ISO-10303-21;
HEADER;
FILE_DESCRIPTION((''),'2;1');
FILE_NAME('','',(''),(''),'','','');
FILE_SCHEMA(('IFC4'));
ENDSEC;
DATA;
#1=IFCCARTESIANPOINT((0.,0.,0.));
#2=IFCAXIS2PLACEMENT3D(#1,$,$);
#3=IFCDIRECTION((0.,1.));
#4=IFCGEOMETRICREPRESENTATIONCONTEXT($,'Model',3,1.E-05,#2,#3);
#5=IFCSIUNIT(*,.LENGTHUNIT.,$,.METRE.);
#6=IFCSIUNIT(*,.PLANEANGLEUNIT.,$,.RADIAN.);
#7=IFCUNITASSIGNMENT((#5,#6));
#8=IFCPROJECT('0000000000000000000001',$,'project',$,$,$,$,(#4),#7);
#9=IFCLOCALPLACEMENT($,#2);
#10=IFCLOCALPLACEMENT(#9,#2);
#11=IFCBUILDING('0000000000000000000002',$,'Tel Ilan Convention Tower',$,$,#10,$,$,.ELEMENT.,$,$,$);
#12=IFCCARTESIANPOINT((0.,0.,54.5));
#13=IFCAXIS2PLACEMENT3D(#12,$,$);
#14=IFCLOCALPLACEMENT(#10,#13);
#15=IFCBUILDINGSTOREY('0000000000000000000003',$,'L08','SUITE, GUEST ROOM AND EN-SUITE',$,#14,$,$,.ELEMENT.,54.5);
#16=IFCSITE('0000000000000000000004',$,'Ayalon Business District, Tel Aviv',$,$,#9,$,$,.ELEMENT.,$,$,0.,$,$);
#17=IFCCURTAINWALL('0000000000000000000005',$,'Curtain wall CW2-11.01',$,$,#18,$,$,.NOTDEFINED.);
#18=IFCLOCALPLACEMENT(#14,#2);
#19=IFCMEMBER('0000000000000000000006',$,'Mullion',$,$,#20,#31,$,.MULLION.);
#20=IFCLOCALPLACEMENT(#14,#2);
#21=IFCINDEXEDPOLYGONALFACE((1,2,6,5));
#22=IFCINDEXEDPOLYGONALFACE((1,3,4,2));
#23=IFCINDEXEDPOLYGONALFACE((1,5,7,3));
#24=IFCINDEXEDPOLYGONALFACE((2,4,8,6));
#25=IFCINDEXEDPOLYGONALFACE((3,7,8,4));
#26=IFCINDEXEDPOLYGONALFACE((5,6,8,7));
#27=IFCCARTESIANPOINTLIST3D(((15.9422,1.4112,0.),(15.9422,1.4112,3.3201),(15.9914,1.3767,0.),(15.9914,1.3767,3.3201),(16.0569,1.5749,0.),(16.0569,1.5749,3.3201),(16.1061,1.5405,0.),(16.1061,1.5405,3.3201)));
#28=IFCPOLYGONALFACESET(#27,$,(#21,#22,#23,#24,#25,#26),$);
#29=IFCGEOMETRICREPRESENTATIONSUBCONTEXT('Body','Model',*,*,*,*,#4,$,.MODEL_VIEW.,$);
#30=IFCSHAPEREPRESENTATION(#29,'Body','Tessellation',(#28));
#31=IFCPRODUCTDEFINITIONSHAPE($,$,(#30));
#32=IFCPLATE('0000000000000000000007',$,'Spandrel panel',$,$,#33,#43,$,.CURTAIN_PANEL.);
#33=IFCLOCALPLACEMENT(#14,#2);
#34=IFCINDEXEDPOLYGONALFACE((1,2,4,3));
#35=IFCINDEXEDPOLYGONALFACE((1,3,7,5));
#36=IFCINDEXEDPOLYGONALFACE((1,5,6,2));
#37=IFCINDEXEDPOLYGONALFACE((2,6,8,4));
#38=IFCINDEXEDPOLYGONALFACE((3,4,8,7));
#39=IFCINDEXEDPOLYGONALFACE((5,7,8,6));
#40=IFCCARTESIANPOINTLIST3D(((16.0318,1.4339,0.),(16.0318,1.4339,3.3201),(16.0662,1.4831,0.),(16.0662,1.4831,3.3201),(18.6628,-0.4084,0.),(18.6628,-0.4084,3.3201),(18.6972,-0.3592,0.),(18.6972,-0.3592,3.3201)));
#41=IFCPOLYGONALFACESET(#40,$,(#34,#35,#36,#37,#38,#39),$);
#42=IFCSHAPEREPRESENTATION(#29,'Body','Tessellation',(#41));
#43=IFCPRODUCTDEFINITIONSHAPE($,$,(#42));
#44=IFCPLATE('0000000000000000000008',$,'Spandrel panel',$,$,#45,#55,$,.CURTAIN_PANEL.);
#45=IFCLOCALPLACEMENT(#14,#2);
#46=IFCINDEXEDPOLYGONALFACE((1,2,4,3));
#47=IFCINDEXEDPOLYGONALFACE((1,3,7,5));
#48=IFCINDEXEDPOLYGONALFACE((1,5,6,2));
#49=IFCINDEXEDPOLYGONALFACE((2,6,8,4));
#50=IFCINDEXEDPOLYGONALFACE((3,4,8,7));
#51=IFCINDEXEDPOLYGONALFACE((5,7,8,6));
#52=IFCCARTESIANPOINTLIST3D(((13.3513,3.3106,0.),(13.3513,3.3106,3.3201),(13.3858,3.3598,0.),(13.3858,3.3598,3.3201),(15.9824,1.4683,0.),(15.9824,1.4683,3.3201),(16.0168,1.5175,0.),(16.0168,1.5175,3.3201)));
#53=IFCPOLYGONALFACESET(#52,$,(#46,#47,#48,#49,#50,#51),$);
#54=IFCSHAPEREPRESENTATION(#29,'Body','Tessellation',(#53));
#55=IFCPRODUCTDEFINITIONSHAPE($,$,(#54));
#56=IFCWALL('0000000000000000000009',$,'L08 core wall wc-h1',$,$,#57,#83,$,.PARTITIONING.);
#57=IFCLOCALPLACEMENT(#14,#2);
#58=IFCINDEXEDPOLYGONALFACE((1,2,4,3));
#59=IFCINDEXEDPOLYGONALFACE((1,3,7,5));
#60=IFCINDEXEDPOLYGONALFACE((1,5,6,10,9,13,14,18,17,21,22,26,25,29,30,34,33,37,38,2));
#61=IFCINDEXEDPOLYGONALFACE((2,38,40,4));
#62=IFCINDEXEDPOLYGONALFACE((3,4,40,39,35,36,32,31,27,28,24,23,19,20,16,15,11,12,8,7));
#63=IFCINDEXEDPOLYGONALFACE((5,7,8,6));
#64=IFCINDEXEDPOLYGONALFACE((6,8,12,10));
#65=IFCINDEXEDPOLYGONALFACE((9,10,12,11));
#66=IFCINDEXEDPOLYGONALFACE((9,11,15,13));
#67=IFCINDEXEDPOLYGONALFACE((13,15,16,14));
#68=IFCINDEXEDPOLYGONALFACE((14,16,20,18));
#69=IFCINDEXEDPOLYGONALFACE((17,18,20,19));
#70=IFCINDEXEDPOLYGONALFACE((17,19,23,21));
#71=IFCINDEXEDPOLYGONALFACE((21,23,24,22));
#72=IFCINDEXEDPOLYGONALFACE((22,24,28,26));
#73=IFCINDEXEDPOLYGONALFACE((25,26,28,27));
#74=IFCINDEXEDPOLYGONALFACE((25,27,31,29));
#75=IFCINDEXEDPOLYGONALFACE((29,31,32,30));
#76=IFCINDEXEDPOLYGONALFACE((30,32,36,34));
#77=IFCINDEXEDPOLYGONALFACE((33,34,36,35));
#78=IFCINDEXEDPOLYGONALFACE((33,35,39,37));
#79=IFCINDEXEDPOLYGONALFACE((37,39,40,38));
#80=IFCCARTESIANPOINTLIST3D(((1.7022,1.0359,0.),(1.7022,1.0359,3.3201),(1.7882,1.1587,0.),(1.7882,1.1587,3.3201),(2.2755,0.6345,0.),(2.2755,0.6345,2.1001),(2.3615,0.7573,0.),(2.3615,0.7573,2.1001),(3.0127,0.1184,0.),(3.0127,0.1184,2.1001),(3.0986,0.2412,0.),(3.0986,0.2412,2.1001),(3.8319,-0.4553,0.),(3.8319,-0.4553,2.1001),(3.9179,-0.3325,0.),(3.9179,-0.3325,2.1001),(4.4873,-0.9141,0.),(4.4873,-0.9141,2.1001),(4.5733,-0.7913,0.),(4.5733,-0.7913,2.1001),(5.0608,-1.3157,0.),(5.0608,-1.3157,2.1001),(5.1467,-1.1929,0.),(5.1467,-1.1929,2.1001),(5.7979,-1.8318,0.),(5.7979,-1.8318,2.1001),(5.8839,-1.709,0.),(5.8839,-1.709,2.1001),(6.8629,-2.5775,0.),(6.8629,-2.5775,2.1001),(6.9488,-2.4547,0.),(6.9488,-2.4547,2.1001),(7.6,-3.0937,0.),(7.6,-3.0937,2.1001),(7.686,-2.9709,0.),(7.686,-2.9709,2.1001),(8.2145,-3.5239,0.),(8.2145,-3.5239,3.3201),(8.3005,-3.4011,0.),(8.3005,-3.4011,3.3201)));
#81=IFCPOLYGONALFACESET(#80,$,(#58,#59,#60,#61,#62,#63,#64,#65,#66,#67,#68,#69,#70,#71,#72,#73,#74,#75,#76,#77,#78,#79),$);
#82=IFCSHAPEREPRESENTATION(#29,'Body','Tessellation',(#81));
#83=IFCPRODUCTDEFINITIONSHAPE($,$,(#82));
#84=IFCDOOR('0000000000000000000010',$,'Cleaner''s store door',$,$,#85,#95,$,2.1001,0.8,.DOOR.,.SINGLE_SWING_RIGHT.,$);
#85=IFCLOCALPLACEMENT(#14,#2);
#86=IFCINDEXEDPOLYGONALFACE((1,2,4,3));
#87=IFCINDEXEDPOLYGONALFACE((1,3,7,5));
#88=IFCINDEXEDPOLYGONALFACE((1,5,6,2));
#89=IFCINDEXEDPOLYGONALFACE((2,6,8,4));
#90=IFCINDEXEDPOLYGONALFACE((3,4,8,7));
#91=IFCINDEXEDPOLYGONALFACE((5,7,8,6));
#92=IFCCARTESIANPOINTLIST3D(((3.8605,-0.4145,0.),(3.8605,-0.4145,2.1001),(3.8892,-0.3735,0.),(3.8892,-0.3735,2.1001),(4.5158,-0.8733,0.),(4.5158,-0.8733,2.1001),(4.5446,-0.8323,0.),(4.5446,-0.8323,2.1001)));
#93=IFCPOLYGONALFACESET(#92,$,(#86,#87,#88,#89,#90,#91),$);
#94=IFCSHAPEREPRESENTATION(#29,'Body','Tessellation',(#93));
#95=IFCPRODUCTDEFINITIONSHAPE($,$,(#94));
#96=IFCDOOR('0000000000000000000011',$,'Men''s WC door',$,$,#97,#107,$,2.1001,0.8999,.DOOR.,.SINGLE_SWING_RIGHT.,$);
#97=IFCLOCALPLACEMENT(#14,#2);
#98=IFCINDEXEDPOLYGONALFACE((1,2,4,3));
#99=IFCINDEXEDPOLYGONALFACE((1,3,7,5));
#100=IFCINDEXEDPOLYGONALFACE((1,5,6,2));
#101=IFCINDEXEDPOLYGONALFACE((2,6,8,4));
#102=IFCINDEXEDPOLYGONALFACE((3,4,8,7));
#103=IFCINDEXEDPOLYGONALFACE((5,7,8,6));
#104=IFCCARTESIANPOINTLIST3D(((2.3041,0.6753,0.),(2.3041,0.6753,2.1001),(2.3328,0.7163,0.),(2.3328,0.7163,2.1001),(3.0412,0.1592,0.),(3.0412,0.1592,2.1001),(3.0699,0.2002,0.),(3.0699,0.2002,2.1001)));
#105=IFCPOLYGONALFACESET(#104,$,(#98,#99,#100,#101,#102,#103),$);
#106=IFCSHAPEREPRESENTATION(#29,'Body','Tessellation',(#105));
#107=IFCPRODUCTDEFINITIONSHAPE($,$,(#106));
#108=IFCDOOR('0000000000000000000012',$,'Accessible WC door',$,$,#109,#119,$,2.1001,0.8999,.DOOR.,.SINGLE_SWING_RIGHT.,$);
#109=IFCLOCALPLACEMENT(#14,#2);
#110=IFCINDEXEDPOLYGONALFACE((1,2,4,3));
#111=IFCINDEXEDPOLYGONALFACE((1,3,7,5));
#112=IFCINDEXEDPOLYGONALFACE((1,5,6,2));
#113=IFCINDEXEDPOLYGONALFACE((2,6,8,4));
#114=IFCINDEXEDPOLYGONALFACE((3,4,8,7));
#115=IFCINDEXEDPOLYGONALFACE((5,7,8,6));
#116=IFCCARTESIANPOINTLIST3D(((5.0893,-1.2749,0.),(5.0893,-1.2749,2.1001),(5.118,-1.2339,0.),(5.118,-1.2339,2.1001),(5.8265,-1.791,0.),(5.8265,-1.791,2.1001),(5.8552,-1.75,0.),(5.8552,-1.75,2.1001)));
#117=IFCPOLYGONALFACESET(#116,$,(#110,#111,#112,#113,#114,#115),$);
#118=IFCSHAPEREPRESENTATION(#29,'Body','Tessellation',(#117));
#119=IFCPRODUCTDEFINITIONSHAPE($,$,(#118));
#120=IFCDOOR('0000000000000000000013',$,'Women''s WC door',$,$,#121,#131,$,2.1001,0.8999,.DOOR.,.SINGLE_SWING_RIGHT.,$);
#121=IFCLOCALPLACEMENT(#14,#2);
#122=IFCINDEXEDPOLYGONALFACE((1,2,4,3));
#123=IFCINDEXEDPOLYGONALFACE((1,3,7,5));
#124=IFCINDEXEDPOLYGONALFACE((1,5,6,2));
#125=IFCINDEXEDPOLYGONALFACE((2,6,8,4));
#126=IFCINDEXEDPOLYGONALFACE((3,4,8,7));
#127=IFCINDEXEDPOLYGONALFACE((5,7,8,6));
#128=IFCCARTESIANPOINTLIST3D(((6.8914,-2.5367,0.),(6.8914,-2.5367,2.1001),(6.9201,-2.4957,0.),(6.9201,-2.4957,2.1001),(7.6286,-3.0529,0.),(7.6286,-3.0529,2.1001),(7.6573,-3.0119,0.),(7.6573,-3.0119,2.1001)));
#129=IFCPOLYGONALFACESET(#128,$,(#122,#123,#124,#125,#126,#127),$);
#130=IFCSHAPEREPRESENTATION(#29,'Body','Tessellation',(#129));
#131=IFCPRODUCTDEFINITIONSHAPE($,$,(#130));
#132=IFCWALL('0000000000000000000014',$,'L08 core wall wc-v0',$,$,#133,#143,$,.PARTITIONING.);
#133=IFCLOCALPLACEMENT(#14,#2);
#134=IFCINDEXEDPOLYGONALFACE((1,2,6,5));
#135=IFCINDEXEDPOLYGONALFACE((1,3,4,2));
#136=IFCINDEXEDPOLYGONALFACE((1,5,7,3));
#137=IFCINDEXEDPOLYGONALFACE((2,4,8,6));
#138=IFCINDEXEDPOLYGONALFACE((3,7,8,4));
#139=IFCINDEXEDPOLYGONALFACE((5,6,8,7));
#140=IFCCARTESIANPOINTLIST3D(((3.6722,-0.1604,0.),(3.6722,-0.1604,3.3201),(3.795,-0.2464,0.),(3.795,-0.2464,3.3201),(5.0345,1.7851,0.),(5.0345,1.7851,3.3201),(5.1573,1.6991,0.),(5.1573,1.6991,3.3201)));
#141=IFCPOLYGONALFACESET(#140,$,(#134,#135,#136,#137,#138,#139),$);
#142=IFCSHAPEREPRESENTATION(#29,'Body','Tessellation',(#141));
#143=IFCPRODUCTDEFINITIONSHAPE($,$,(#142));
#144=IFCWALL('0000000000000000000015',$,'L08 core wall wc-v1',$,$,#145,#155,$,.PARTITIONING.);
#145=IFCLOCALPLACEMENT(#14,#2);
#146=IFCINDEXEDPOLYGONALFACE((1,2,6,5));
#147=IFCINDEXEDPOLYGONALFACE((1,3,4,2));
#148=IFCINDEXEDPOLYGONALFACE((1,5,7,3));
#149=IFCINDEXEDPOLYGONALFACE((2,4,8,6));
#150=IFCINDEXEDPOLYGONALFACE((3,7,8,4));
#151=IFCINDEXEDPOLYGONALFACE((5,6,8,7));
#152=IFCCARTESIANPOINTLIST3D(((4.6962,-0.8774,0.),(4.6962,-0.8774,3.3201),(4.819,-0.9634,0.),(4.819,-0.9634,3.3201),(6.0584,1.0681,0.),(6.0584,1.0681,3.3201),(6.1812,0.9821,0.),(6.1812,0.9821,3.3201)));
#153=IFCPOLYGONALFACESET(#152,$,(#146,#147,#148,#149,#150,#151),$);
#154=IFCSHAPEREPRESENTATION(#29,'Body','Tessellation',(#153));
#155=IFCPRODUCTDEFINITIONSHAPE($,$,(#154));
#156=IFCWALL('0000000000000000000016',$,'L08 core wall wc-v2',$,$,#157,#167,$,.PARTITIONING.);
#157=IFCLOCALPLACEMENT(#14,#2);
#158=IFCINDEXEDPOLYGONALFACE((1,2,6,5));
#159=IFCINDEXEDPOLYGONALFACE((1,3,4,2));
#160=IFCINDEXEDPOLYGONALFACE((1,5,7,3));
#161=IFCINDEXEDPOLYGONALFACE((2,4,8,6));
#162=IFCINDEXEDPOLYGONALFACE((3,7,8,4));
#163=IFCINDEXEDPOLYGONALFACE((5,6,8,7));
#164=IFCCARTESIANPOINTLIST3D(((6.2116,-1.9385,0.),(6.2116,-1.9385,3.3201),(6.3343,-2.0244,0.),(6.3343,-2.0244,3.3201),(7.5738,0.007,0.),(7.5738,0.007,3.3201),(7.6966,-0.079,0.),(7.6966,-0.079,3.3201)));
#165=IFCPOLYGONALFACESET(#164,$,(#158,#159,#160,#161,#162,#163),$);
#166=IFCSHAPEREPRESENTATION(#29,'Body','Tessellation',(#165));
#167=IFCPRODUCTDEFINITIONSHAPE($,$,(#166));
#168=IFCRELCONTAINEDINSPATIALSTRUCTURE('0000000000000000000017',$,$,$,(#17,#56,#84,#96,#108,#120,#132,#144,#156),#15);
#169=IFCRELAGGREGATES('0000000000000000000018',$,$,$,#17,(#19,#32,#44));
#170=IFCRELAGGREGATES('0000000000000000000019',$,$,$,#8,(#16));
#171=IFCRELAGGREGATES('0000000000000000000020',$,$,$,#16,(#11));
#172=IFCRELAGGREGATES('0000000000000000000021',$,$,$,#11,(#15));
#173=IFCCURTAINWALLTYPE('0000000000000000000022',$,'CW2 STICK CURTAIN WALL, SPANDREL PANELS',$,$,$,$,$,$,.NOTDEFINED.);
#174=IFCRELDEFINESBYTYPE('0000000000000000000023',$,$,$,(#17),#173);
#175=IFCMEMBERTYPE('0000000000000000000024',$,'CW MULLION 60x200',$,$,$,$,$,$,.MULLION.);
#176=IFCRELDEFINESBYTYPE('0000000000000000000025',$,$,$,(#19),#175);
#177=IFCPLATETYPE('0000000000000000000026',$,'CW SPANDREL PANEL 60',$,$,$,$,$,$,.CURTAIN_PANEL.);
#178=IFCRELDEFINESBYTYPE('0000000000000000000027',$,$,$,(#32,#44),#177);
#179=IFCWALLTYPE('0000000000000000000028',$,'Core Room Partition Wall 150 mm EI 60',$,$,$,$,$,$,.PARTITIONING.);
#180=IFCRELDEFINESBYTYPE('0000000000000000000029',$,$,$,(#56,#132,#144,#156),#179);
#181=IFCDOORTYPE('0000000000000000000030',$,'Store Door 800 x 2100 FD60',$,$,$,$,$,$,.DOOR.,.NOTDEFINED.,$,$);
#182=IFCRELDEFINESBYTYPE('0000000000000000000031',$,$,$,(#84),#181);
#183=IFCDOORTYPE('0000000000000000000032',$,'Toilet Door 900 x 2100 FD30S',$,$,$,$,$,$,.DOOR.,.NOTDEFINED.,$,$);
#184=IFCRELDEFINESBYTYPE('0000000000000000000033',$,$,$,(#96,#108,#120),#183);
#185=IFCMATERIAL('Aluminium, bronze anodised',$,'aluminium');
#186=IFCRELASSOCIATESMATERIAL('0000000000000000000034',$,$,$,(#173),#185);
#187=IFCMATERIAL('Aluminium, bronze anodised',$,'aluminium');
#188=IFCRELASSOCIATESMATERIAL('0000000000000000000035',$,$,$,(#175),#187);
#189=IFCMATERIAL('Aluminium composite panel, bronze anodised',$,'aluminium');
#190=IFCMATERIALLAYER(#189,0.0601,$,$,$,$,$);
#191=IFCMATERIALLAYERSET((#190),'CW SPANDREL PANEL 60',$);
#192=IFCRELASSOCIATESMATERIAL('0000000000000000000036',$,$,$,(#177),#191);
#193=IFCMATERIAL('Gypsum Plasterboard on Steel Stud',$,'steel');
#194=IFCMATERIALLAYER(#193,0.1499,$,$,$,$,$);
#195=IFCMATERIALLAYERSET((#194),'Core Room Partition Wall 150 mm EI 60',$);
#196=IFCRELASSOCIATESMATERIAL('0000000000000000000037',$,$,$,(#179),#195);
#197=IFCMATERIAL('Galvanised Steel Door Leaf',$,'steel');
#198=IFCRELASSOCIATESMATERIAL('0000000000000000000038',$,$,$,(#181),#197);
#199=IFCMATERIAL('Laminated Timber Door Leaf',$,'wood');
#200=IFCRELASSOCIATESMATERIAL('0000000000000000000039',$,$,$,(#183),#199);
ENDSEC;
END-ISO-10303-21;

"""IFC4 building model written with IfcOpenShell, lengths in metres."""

from ifc_helpers import new_model, si_unit, direction, frame, frame_2d, origin, origin_2d, place, context, subcontext, project, spatial, rectangle, extrude, material, layer, layer_set, material_profile, profile_set, type_object, element, fill, aggregate, save


model = new_model("IFC4")

# Units and contexts
model_context = context("Model", 3, precision=1e-05, world=origin(), true_north=direction((0.0, 1.0)))
body_context = subcontext(model_context, "Body", "Model", "MODEL_VIEW")
ifc_project = project(units=[si_unit("LENGTHUNIT", "METRE"), si_unit("PLANEANGLEUNIT", "RADIAN")], contexts=[model_context])

# Site, building, storey
site_placement = place(None, origin())
site = spatial("IfcSite", under=ifc_project, at=site_placement, Name="Ayalon Business District, Tel Aviv", CompositionType="ELEMENT", RefElevation=0.0)
building_placement = place(site_placement, origin())
building = spatial("IfcBuilding", under=site, at=building_placement, Name="Tel Ilan Convention Tower", CompositionType="ELEMENT")
storey_placement = place(building_placement, frame((0.0, 0.0, 54.5)))
storey = spatial("IfcBuildingStorey", under=building, at=storey_placement, Name="L08", Description="SUITE, GUEST ROOM AND EN-SUITE", CompositionType="ELEMENT", Elevation=54.5)

# Curtain wall, member, plates
ifc_material_1 = material(Name="Aluminium, bronze anodised", Category="aluminium")
curtain_wall_type = type_object("IfcCurtainWallType", Name="CW2 STICK CURTAIN WALL, SPANDREL PANELS", PredefinedType="NOTDEFINED", material=ifc_material_1)
curtain_wall_placement = place(storey_placement, origin())
curtain_wall = element("IfcCurtainWall", 1, at=curtain_wall_placement, inside=storey, type_object=curtain_wall_type, Name="Curtain wall CW2-11.01", PredefinedType="NOTDEFINED")
ifc_material_2 = material(Name="Aluminium, bronze anodised", Category="aluminium")
ifc_material_profile = material_profile(ifc_material_2, rectangle(XDim=0.0601, YDim=0.2, at=origin_2d()), Name="CW MULLION 60x200")
ifc_profile_set = profile_set([ifc_material_profile], Name="Aluminium, bronze anodised")
member_type = type_object("IfcMemberType", Name="CW MULLION 60x200", PredefinedType="MULLION", material=ifc_profile_set)
member_placement = place(storey_placement, frame((16.0242, 1.4758, 0.0), z_axis=(0.0, 0.0, 1.0), x_axis=(-0.819152, 0.573576, 0.0)))
member = element("IfcMember", 2, at=member_placement, type_object=member_type, Name="Mullion", PredefinedType="MULLION", context=body_context, shape_type="SweptSolid", body=[
    extrude(rectangle(XDim=0.0601, YDim=0.2, at=origin_2d()), origin(), (0.0, 0.0, 1.0), 3.3201),
])
ifc_material_3 = material(Name="Aluminium composite panel, bronze anodised", Category="aluminium")
ifc_layer_1 = layer(ifc_material_3, 0.0601)
ifc_layer_set_1 = layer_set([ifc_layer_1], Name="CW SPANDREL PANEL 60")
plate_type = type_object("IfcPlateType", Name="CW SPANDREL PANEL 60", PredefinedType="CURTAIN_PANEL", material=ifc_layer_set_1)
plate_1_placement = place(storey_placement, frame((17.3645, 0.5374, 0.0), z_axis=(0.0, 0.0, 1.0), x_axis=(-0.819152, 0.573576, 0.0)))
plate_1 = element("IfcPlate", 3, at=plate_1_placement, type_object=plate_type, Name="Spandrel panel", PredefinedType="CURTAIN_PANEL", context=body_context, shape_type="SweptSolid", body=[
    extrude(rectangle(XDim=3.2119, YDim=0.0601, at=origin_2d()), origin(), (0.0, 0.0, 1.0), 3.3201),
])
plate_2_placement = place(storey_placement, frame((14.6841, 2.4141, 0.0), z_axis=(0.0, 0.0, 1.0), x_axis=(-0.819152, 0.573576, 0.0)))
plate_2 = element("IfcPlate", 4, at=plate_2_placement, type_object=plate_type, Name="Spandrel panel", PredefinedType="CURTAIN_PANEL", context=body_context, shape_type="SweptSolid", body=[
    extrude(rectangle(XDim=3.2119, YDim=0.0601, at=origin_2d()), origin(), (0.0, 0.0, 1.0), 3.3201),
])
aggregate(curtain_wall, [member, plate_1, plate_2])

# Wall, openings, doors
ifc_material_4 = material(Name="Gypsum Plasterboard on Steel Stud", Category="steel")
ifc_layer_2 = layer(ifc_material_4, 0.1499)
ifc_layer_set_2 = layer_set([ifc_layer_2], Name="Core Room Partition Wall 150 mm EI 60")
wall_type_1 = type_object("IfcWallType", Name="Core Room Partition Wall 150 mm EI 60", PredefinedType="PARTITIONING", material=ifc_layer_set_2)
wall_1_placement = place(storey_placement, frame((1.7451, 1.0974, 0.0), z_axis=(0.0, 0.0, 1.0), x_axis=(0.819157, -0.57357, 0.0)))
wall_1 = element("IfcWall", 5, at=wall_1_placement, inside=storey, type_object=wall_type_1, Name="L08 core wall wc-h1", PredefinedType="PARTITIONING", context=body_context, shape_type="SweptSolid", body=[
    extrude(rectangle(XDim=7.95, YDim=0.1499, at=frame_2d((3.9751, 0.0))), origin(), (0.0, 0.0, 1.0), 3.3201),
])
opening_1_placement = place(wall_1_placement, frame((0.7, 0.0, 0.0)))
opening_1 = element("IfcOpeningElement", 6, at=opening_1_placement, cuts=wall_1, PredefinedType="OPENING", context=body_context, shape_type="SweptSolid", body=[
    extrude(rectangle(XDim=0.8999, YDim=2.1001, at=frame_2d((0.45, 1.05))), frame((0.0, 0.085, 0.0), z_axis=(0.0, -1.0, 0.0), x_axis=(1.0, 0.0, 0.0)), (0.0, 0.0, 1.0), 0.1699),
])
opening_2_placement = place(wall_1_placement, frame((2.6001, 0.0, 0.0)))
opening_2 = element("IfcOpeningElement", 7, at=opening_2_placement, cuts=wall_1, PredefinedType="OPENING", context=body_context, shape_type="SweptSolid", body=[
    extrude(rectangle(XDim=0.8, YDim=2.1001, at=frame_2d((0.3999, 1.05))), frame((0.0, 0.085, 0.0), z_axis=(0.0, -1.0, 0.0), x_axis=(1.0, 0.0, 0.0)), (0.0, 0.0, 1.0), 0.1699),
])
opening_3_placement = place(wall_1_placement, frame((4.1001, 0.0, 0.0)))
opening_3 = element("IfcOpeningElement", 8, at=opening_3_placement, cuts=wall_1, PredefinedType="OPENING", context=body_context, shape_type="SweptSolid", body=[
    extrude(rectangle(XDim=0.8999, YDim=2.1001, at=frame_2d((0.45, 1.05))), frame((0.0, 0.085, 0.0), z_axis=(0.0, -1.0, 0.0), x_axis=(1.0, 0.0, 0.0)), (0.0, 0.0, 1.0), 0.1699),
])
opening_4_placement = place(wall_1_placement, frame((6.3, 0.0, 0.0)))
opening_4 = element("IfcOpeningElement", 9, at=opening_4_placement, cuts=wall_1, PredefinedType="OPENING", context=body_context, shape_type="SweptSolid", body=[
    extrude(rectangle(XDim=0.8999, YDim=2.1001, at=frame_2d((0.45, 1.05))), frame((0.0, 0.085, 0.0), z_axis=(0.0, -1.0, 0.0), x_axis=(1.0, 0.0, 0.0)), (0.0, 0.0, 1.0), 0.1699),
])
ifc_material_5 = material(Name="Galvanised Steel Door Leaf", Category="steel")
door_type_1 = type_object("IfcDoorType", Name="Store Door 800 x 2100 FD60", OperationType="NOTDEFINED", PredefinedType="DOOR", material=ifc_material_5)
door_1_placement = place(opening_2_placement, origin())
door_1 = element("IfcDoor", 10, at=door_1_placement, inside=storey, type_object=door_type_1, Name="Cleaner's store door", OperationType="SINGLE_SWING_RIGHT", OverallHeight=2.1001, OverallWidth=0.8, PredefinedType="DOOR", context=body_context, shape_type="SweptSolid", body=[
    extrude(rectangle(XDim=0.8, YDim=2.1001, at=frame_2d((0.3999, 1.05))), frame((0.0, 0.0249, 0.0), z_axis=(0.0, -1.0, 0.0), x_axis=(1.0, 0.0, 0.0)), (0.0, 0.0, 1.0), 0.05),
])
fill(opening_2, door_1)
ifc_material_6 = material(Name="Laminated Timber Door Leaf", Category="wood")
door_type_2 = type_object("IfcDoorType", Name="Toilet Door 900 x 2100 FD30S", OperationType="NOTDEFINED", PredefinedType="DOOR", material=ifc_material_6)
door_2_placement = place(opening_1_placement, origin())
door_2 = element("IfcDoor", 11, at=door_2_placement, inside=storey, type_object=door_type_2, Name="Men's WC door", OperationType="SINGLE_SWING_RIGHT", OverallHeight=2.1001, OverallWidth=0.8999, PredefinedType="DOOR", context=body_context, shape_type="SweptSolid", body=[
    extrude(rectangle(XDim=0.8999, YDim=2.1001, at=frame_2d((0.45, 1.05))), frame((0.0, 0.0249, 0.0), z_axis=(0.0, -1.0, 0.0), x_axis=(1.0, 0.0, 0.0)), (0.0, 0.0, 1.0), 0.05),
])
fill(opening_1, door_2)
door_3_placement = place(opening_3_placement, origin())
door_3 = element("IfcDoor", 12, at=door_3_placement, inside=storey, type_object=door_type_2, Name="Accessible WC door", OperationType="SINGLE_SWING_RIGHT", OverallHeight=2.1001, OverallWidth=0.8999, PredefinedType="DOOR", context=body_context, shape_type="SweptSolid", body=[
    extrude(rectangle(XDim=0.8999, YDim=2.1001, at=frame_2d((0.45, 1.05))), frame((0.0, 0.0249, 0.0), z_axis=(0.0, -1.0, 0.0), x_axis=(1.0, 0.0, 0.0)), (0.0, 0.0, 1.0), 0.05),
])
fill(opening_3, door_3)
door_4_placement = place(opening_4_placement, origin())
door_4 = element("IfcDoor", 13, at=door_4_placement, inside=storey, type_object=door_type_2, Name="Women's WC door", OperationType="SINGLE_SWING_RIGHT", OverallHeight=2.1001, OverallWidth=0.8999, PredefinedType="DOOR", context=body_context, shape_type="SweptSolid", body=[
    extrude(rectangle(XDim=0.8999, YDim=2.1001, at=frame_2d((0.45, 1.05))), frame((0.0, 0.0249, 0.0), z_axis=(0.0, -1.0, 0.0), x_axis=(1.0, 0.0, 0.0)), (0.0, 0.0, 1.0), 0.05),
])
fill(opening_4, door_4)

# Walls
for number, where, z_axis, x_axis, name in (
    (14, (3.7336, -0.2034, 0.0), (0.0, 0.0, 1.0), (0.57358, 0.81915, 0.0), "L08 core wall wc-v0"),
    (15, (4.7576, -0.9204, 0.0), (0.0, 0.0, 1.0), (0.57358, 0.81915, 0.0), "L08 core wall wc-v1"),
    (16, (6.2729, -1.9814, 0.0), (0.0, 0.0, 1.0), (0.57358, 0.81915, 0.0), "L08 core wall wc-v2"),
):
    element("IfcWall", number, at=place(storey_placement, frame(where, z_axis=z_axis, x_axis=x_axis)), inside=storey, type_object=wall_type_1, Name=name, PredefinedType="PARTITIONING", context=body_context, shape_type="SweptSolid", body=[
        extrude(rectangle(XDim=2.375, YDim=0.1499, at=frame_2d((1.1875, 0.0))), origin(), (0.0, 0.0, 1.0), 3.3201),
    ])

save(model, "model.ifc")
